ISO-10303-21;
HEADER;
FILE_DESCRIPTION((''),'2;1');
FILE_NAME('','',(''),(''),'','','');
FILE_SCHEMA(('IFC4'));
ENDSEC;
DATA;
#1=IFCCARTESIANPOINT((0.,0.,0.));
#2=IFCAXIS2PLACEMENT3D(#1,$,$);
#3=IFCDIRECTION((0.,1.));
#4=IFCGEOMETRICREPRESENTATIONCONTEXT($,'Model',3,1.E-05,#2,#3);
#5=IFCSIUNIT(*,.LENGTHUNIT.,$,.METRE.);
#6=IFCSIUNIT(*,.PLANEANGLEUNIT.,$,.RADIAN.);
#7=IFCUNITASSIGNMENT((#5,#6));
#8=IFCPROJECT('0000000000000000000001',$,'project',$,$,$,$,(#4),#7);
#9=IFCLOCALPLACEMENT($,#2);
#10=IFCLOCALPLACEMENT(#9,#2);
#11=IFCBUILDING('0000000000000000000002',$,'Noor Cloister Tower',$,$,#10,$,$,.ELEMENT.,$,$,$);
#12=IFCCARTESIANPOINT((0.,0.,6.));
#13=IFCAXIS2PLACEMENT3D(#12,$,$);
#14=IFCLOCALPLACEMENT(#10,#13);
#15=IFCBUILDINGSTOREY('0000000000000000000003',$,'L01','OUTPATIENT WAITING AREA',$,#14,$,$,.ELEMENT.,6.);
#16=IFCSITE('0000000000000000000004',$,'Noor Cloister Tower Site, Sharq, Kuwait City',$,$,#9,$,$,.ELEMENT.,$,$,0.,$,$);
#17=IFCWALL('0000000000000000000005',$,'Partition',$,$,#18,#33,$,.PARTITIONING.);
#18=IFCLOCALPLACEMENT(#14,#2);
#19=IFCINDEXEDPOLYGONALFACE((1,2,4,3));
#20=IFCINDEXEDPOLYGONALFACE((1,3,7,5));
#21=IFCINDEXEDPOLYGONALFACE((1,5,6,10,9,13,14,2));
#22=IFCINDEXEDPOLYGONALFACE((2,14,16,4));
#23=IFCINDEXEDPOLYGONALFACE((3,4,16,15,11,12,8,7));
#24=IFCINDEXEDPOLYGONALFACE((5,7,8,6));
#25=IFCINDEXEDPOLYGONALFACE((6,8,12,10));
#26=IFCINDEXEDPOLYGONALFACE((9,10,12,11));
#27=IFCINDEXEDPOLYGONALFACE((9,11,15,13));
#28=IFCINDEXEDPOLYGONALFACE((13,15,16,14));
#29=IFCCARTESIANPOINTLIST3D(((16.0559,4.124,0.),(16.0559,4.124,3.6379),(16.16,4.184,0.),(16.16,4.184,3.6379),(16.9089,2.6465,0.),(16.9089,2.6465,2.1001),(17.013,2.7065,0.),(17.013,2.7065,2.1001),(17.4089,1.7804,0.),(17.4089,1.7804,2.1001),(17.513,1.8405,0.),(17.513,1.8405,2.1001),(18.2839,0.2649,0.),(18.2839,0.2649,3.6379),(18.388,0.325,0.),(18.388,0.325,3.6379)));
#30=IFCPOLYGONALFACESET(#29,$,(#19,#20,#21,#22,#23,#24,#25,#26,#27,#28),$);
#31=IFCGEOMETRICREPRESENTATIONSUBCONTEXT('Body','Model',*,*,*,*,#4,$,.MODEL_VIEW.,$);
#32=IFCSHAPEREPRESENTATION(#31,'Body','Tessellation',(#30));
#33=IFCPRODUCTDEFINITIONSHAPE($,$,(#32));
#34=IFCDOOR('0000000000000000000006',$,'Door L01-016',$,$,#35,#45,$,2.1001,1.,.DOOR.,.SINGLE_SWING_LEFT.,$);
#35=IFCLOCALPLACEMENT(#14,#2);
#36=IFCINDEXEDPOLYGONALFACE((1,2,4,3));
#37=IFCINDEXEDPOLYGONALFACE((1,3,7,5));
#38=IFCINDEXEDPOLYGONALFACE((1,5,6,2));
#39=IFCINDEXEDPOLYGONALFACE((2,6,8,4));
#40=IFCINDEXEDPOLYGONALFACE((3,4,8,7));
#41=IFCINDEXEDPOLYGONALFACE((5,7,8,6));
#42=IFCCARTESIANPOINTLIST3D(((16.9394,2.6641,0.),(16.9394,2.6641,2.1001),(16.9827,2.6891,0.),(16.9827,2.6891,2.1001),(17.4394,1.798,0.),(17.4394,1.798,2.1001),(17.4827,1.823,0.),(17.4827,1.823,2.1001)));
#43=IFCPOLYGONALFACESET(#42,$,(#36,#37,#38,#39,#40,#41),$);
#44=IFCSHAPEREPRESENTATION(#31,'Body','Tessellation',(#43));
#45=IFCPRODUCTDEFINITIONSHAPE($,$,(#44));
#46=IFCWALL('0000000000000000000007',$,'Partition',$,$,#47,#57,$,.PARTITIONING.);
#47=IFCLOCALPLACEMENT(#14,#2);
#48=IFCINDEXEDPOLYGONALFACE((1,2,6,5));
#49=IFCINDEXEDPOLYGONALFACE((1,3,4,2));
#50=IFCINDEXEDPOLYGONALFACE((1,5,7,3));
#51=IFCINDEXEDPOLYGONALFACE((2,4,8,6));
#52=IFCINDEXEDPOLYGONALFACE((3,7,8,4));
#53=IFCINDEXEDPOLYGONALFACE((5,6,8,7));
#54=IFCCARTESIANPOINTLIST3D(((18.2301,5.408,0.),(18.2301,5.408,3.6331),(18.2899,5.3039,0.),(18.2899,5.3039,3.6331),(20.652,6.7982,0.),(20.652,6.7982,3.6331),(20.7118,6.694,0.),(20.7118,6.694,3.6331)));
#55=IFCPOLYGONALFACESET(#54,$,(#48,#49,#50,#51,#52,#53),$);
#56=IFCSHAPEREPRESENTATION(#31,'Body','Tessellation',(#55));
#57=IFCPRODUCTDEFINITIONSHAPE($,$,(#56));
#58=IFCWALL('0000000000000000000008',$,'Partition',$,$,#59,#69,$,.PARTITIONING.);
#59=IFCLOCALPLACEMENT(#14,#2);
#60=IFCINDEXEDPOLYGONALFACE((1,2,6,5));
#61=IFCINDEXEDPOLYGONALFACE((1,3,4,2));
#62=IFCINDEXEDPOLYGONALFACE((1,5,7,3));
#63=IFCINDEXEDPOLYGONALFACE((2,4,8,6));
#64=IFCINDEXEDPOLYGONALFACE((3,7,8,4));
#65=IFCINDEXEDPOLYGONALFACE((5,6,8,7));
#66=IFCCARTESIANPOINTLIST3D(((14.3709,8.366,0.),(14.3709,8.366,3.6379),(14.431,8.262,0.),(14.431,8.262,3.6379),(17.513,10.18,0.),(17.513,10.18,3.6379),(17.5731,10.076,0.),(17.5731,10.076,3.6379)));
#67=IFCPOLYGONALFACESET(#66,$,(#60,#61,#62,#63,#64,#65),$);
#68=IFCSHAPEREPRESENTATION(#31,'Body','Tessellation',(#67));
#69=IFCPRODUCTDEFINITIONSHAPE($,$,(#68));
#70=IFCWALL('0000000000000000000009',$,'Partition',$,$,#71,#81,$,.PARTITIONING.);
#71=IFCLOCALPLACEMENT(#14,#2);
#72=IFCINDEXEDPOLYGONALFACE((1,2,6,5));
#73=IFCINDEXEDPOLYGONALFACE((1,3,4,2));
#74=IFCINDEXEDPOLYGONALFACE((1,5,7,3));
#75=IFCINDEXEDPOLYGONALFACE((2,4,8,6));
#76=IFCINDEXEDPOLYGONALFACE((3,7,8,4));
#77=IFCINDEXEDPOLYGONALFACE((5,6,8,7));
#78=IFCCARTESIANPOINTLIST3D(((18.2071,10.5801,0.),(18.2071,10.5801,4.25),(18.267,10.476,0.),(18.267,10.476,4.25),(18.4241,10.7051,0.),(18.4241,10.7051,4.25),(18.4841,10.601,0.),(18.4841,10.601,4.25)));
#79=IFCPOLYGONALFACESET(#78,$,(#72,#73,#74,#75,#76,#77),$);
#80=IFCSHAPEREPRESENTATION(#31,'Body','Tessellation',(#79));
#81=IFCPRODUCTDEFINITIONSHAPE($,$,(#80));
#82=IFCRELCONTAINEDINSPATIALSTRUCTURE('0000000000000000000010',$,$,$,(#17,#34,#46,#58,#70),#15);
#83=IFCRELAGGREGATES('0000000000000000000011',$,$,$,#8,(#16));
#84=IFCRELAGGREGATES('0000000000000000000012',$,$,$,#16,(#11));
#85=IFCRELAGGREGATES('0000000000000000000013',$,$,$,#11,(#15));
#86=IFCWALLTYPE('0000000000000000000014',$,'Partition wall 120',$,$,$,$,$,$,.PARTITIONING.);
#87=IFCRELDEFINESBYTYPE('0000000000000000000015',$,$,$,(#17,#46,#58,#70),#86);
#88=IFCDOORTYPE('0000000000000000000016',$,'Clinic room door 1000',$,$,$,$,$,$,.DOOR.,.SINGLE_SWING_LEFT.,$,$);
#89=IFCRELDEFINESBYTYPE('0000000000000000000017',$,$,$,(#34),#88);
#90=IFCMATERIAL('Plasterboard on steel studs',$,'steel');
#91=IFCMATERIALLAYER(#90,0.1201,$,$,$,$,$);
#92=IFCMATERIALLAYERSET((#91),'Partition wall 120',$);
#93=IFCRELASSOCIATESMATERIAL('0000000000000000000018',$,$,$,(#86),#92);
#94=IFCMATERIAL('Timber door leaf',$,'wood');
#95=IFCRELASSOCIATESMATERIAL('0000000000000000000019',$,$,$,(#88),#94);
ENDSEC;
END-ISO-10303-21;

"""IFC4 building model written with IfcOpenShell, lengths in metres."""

from ifc_helpers import new_model, si_unit, direction, frame, frame_2d, origin, place, context, subcontext, project, spatial, rectangle, extrude, material, layer, layer_set, type_object, element, fill, save


model = new_model("IFC4")

# Units and contexts
model_context = context("Model", 3, precision=1e-05, world=origin(), true_north=direction((0.0, 1.0)))
body_context = subcontext(model_context, "Body", "Model", "MODEL_VIEW")
ifc_project = project(units=[si_unit("LENGTHUNIT", "METRE"), si_unit("PLANEANGLEUNIT", "RADIAN")], contexts=[model_context])

# Site, building, storey
site_placement = place(None, origin())
site = spatial("IfcSite", under=ifc_project, at=site_placement, Name="Noor Cloister Tower Site, Sharq, Kuwait City", CompositionType="ELEMENT", RefElevation=0.0)
building_placement = place(site_placement, origin())
building = spatial("IfcBuilding", under=site, at=building_placement, Name="Noor Cloister Tower", CompositionType="ELEMENT")
storey_placement = place(building_placement, frame((0.0, 0.0, 6.0)))
storey = spatial("IfcBuildingStorey", under=building, at=storey_placement, Name="L01", Description="OUTPATIENT WAITING AREA", CompositionType="ELEMENT", Elevation=6.0)

# Shared definitions
ifc_material_1 = material(Name="Plasterboard on steel studs", Category="steel")
ifc_layer_1 = layer(ifc_material_1, 0.1201)
ifc_layer_set_1 = layer_set([ifc_layer_1], Name="Partition wall 120")
wall_type_1 = type_object("IfcWallType", Name="Partition wall 120", PredefinedType="PARTITIONING", material=ifc_layer_set_1)

# Wall, opening, door
wall_1_placement = place(storey_placement, frame((18.3359, 0.2949, 0.0), z_axis=(0.0, 0.0, 1.0), x_axis=(-0.499993, 0.86603, 0.0)))
wall_1 = element("IfcWall", 1, at=wall_1_placement, inside=storey, type_object=wall_type_1, Name="Partition", PredefinedType="PARTITIONING", context=body_context, shape_type="SweptSolid", body=[
    extrude(rectangle(XDim=4.4561, YDim=0.1201, at=frame_2d((2.228, 0.0))), origin(), (0.0, 0.0, 1.0), 3.6379),
])
opening_1_placement = place(wall_1_placement, frame((1.75, 0.0, 0.0)))
opening_1 = element("IfcOpeningElement", 2, at=opening_1_placement, cuts=wall_1, PredefinedType="OPENING", context=body_context, shape_type="SweptSolid", body=[
    extrude(rectangle(XDim=1.0, YDim=2.1001, at=frame_2d((0.5, 1.05))), frame((0.0, 0.0701, 0.0), z_axis=(0.0, -1.0, 0.0), x_axis=(1.0, 0.0, 0.0)), (0.0, 0.0, 1.0), 0.1401),
])
ifc_material_2 = material(Name="Timber door leaf", Category="wood")
door_type = type_object("IfcDoorType", Name="Clinic room door 1000", OperationType="SINGLE_SWING_LEFT", PredefinedType="DOOR", material=ifc_material_2)
door_placement = place(opening_1_placement, origin())
door = element("IfcDoor", 3, at=door_placement, inside=storey, type_object=door_type, Name="Door L01-016", OperationType="SINGLE_SWING_LEFT", OverallHeight=2.1001, OverallWidth=1.0, PredefinedType="DOOR", context=body_context, shape_type="SweptSolid", body=[
    extrude(rectangle(XDim=1.0, YDim=2.1001, at=frame_2d((0.5, 1.05))), frame((0.0, 0.0249, 0.0), z_axis=(0.0, -1.0, 0.0), x_axis=(1.0, 0.0, 0.0)), (0.0, 0.0, 1.0), 0.05),
])
fill(opening_1, door)

# Walls
wall_2_placement = place(storey_placement, frame((20.6819, 6.7461, 0.0), z_axis=(0.0, 0.0, 1.0), x_axis=(-0.867284, -0.497814, 0.0)))
element("IfcWall", 4, at=wall_2_placement, inside=storey, type_object=wall_type_1, Name="Partition", PredefinedType="PARTITIONING", context=body_context, shape_type="SweptSolid", body=[
    extrude(rectangle(XDim=2.7925, YDim=0.1201, at=frame_2d((1.3962, 0.0))), origin(), (0.0, 0.0, 1.0), 3.6331),
])
wall_3_placement = place(storey_placement, frame((17.543, 10.1279, 0.0), z_axis=(0.0, 0.0, 1.0), x_axis=(-0.86604, -0.499975, 0.0)))
element("IfcWall", 5, at=wall_3_placement, inside=storey, type_object=wall_type_1, Name="Partition", PredefinedType="PARTITIONING", context=body_context, shape_type="SweptSolid", body=[
    extrude(rectangle(XDim=3.6282, YDim=0.1201, at=frame_2d((1.814, 0.0))), origin(), (0.0, 0.0, 1.0), 3.6379),
])
wall_4_placement = place(storey_placement, frame((18.4541, 10.6531, 0.0), z_axis=(0.0, 0.0, 1.0), x_axis=(-0.866559, -0.499075, 0.0)))
element("IfcWall", 6, at=wall_4_placement, inside=storey, type_object=wall_type_1, Name="Partition", PredefinedType="PARTITIONING", context=body_context, shape_type="SweptSolid", body=[
    extrude(rectangle(XDim=0.2505, YDim=0.1201, at=frame_2d((0.1252, 0.0))), origin(), (0.0, 0.0, 1.0), 4.25),
])

save(model, "model.ifc")
